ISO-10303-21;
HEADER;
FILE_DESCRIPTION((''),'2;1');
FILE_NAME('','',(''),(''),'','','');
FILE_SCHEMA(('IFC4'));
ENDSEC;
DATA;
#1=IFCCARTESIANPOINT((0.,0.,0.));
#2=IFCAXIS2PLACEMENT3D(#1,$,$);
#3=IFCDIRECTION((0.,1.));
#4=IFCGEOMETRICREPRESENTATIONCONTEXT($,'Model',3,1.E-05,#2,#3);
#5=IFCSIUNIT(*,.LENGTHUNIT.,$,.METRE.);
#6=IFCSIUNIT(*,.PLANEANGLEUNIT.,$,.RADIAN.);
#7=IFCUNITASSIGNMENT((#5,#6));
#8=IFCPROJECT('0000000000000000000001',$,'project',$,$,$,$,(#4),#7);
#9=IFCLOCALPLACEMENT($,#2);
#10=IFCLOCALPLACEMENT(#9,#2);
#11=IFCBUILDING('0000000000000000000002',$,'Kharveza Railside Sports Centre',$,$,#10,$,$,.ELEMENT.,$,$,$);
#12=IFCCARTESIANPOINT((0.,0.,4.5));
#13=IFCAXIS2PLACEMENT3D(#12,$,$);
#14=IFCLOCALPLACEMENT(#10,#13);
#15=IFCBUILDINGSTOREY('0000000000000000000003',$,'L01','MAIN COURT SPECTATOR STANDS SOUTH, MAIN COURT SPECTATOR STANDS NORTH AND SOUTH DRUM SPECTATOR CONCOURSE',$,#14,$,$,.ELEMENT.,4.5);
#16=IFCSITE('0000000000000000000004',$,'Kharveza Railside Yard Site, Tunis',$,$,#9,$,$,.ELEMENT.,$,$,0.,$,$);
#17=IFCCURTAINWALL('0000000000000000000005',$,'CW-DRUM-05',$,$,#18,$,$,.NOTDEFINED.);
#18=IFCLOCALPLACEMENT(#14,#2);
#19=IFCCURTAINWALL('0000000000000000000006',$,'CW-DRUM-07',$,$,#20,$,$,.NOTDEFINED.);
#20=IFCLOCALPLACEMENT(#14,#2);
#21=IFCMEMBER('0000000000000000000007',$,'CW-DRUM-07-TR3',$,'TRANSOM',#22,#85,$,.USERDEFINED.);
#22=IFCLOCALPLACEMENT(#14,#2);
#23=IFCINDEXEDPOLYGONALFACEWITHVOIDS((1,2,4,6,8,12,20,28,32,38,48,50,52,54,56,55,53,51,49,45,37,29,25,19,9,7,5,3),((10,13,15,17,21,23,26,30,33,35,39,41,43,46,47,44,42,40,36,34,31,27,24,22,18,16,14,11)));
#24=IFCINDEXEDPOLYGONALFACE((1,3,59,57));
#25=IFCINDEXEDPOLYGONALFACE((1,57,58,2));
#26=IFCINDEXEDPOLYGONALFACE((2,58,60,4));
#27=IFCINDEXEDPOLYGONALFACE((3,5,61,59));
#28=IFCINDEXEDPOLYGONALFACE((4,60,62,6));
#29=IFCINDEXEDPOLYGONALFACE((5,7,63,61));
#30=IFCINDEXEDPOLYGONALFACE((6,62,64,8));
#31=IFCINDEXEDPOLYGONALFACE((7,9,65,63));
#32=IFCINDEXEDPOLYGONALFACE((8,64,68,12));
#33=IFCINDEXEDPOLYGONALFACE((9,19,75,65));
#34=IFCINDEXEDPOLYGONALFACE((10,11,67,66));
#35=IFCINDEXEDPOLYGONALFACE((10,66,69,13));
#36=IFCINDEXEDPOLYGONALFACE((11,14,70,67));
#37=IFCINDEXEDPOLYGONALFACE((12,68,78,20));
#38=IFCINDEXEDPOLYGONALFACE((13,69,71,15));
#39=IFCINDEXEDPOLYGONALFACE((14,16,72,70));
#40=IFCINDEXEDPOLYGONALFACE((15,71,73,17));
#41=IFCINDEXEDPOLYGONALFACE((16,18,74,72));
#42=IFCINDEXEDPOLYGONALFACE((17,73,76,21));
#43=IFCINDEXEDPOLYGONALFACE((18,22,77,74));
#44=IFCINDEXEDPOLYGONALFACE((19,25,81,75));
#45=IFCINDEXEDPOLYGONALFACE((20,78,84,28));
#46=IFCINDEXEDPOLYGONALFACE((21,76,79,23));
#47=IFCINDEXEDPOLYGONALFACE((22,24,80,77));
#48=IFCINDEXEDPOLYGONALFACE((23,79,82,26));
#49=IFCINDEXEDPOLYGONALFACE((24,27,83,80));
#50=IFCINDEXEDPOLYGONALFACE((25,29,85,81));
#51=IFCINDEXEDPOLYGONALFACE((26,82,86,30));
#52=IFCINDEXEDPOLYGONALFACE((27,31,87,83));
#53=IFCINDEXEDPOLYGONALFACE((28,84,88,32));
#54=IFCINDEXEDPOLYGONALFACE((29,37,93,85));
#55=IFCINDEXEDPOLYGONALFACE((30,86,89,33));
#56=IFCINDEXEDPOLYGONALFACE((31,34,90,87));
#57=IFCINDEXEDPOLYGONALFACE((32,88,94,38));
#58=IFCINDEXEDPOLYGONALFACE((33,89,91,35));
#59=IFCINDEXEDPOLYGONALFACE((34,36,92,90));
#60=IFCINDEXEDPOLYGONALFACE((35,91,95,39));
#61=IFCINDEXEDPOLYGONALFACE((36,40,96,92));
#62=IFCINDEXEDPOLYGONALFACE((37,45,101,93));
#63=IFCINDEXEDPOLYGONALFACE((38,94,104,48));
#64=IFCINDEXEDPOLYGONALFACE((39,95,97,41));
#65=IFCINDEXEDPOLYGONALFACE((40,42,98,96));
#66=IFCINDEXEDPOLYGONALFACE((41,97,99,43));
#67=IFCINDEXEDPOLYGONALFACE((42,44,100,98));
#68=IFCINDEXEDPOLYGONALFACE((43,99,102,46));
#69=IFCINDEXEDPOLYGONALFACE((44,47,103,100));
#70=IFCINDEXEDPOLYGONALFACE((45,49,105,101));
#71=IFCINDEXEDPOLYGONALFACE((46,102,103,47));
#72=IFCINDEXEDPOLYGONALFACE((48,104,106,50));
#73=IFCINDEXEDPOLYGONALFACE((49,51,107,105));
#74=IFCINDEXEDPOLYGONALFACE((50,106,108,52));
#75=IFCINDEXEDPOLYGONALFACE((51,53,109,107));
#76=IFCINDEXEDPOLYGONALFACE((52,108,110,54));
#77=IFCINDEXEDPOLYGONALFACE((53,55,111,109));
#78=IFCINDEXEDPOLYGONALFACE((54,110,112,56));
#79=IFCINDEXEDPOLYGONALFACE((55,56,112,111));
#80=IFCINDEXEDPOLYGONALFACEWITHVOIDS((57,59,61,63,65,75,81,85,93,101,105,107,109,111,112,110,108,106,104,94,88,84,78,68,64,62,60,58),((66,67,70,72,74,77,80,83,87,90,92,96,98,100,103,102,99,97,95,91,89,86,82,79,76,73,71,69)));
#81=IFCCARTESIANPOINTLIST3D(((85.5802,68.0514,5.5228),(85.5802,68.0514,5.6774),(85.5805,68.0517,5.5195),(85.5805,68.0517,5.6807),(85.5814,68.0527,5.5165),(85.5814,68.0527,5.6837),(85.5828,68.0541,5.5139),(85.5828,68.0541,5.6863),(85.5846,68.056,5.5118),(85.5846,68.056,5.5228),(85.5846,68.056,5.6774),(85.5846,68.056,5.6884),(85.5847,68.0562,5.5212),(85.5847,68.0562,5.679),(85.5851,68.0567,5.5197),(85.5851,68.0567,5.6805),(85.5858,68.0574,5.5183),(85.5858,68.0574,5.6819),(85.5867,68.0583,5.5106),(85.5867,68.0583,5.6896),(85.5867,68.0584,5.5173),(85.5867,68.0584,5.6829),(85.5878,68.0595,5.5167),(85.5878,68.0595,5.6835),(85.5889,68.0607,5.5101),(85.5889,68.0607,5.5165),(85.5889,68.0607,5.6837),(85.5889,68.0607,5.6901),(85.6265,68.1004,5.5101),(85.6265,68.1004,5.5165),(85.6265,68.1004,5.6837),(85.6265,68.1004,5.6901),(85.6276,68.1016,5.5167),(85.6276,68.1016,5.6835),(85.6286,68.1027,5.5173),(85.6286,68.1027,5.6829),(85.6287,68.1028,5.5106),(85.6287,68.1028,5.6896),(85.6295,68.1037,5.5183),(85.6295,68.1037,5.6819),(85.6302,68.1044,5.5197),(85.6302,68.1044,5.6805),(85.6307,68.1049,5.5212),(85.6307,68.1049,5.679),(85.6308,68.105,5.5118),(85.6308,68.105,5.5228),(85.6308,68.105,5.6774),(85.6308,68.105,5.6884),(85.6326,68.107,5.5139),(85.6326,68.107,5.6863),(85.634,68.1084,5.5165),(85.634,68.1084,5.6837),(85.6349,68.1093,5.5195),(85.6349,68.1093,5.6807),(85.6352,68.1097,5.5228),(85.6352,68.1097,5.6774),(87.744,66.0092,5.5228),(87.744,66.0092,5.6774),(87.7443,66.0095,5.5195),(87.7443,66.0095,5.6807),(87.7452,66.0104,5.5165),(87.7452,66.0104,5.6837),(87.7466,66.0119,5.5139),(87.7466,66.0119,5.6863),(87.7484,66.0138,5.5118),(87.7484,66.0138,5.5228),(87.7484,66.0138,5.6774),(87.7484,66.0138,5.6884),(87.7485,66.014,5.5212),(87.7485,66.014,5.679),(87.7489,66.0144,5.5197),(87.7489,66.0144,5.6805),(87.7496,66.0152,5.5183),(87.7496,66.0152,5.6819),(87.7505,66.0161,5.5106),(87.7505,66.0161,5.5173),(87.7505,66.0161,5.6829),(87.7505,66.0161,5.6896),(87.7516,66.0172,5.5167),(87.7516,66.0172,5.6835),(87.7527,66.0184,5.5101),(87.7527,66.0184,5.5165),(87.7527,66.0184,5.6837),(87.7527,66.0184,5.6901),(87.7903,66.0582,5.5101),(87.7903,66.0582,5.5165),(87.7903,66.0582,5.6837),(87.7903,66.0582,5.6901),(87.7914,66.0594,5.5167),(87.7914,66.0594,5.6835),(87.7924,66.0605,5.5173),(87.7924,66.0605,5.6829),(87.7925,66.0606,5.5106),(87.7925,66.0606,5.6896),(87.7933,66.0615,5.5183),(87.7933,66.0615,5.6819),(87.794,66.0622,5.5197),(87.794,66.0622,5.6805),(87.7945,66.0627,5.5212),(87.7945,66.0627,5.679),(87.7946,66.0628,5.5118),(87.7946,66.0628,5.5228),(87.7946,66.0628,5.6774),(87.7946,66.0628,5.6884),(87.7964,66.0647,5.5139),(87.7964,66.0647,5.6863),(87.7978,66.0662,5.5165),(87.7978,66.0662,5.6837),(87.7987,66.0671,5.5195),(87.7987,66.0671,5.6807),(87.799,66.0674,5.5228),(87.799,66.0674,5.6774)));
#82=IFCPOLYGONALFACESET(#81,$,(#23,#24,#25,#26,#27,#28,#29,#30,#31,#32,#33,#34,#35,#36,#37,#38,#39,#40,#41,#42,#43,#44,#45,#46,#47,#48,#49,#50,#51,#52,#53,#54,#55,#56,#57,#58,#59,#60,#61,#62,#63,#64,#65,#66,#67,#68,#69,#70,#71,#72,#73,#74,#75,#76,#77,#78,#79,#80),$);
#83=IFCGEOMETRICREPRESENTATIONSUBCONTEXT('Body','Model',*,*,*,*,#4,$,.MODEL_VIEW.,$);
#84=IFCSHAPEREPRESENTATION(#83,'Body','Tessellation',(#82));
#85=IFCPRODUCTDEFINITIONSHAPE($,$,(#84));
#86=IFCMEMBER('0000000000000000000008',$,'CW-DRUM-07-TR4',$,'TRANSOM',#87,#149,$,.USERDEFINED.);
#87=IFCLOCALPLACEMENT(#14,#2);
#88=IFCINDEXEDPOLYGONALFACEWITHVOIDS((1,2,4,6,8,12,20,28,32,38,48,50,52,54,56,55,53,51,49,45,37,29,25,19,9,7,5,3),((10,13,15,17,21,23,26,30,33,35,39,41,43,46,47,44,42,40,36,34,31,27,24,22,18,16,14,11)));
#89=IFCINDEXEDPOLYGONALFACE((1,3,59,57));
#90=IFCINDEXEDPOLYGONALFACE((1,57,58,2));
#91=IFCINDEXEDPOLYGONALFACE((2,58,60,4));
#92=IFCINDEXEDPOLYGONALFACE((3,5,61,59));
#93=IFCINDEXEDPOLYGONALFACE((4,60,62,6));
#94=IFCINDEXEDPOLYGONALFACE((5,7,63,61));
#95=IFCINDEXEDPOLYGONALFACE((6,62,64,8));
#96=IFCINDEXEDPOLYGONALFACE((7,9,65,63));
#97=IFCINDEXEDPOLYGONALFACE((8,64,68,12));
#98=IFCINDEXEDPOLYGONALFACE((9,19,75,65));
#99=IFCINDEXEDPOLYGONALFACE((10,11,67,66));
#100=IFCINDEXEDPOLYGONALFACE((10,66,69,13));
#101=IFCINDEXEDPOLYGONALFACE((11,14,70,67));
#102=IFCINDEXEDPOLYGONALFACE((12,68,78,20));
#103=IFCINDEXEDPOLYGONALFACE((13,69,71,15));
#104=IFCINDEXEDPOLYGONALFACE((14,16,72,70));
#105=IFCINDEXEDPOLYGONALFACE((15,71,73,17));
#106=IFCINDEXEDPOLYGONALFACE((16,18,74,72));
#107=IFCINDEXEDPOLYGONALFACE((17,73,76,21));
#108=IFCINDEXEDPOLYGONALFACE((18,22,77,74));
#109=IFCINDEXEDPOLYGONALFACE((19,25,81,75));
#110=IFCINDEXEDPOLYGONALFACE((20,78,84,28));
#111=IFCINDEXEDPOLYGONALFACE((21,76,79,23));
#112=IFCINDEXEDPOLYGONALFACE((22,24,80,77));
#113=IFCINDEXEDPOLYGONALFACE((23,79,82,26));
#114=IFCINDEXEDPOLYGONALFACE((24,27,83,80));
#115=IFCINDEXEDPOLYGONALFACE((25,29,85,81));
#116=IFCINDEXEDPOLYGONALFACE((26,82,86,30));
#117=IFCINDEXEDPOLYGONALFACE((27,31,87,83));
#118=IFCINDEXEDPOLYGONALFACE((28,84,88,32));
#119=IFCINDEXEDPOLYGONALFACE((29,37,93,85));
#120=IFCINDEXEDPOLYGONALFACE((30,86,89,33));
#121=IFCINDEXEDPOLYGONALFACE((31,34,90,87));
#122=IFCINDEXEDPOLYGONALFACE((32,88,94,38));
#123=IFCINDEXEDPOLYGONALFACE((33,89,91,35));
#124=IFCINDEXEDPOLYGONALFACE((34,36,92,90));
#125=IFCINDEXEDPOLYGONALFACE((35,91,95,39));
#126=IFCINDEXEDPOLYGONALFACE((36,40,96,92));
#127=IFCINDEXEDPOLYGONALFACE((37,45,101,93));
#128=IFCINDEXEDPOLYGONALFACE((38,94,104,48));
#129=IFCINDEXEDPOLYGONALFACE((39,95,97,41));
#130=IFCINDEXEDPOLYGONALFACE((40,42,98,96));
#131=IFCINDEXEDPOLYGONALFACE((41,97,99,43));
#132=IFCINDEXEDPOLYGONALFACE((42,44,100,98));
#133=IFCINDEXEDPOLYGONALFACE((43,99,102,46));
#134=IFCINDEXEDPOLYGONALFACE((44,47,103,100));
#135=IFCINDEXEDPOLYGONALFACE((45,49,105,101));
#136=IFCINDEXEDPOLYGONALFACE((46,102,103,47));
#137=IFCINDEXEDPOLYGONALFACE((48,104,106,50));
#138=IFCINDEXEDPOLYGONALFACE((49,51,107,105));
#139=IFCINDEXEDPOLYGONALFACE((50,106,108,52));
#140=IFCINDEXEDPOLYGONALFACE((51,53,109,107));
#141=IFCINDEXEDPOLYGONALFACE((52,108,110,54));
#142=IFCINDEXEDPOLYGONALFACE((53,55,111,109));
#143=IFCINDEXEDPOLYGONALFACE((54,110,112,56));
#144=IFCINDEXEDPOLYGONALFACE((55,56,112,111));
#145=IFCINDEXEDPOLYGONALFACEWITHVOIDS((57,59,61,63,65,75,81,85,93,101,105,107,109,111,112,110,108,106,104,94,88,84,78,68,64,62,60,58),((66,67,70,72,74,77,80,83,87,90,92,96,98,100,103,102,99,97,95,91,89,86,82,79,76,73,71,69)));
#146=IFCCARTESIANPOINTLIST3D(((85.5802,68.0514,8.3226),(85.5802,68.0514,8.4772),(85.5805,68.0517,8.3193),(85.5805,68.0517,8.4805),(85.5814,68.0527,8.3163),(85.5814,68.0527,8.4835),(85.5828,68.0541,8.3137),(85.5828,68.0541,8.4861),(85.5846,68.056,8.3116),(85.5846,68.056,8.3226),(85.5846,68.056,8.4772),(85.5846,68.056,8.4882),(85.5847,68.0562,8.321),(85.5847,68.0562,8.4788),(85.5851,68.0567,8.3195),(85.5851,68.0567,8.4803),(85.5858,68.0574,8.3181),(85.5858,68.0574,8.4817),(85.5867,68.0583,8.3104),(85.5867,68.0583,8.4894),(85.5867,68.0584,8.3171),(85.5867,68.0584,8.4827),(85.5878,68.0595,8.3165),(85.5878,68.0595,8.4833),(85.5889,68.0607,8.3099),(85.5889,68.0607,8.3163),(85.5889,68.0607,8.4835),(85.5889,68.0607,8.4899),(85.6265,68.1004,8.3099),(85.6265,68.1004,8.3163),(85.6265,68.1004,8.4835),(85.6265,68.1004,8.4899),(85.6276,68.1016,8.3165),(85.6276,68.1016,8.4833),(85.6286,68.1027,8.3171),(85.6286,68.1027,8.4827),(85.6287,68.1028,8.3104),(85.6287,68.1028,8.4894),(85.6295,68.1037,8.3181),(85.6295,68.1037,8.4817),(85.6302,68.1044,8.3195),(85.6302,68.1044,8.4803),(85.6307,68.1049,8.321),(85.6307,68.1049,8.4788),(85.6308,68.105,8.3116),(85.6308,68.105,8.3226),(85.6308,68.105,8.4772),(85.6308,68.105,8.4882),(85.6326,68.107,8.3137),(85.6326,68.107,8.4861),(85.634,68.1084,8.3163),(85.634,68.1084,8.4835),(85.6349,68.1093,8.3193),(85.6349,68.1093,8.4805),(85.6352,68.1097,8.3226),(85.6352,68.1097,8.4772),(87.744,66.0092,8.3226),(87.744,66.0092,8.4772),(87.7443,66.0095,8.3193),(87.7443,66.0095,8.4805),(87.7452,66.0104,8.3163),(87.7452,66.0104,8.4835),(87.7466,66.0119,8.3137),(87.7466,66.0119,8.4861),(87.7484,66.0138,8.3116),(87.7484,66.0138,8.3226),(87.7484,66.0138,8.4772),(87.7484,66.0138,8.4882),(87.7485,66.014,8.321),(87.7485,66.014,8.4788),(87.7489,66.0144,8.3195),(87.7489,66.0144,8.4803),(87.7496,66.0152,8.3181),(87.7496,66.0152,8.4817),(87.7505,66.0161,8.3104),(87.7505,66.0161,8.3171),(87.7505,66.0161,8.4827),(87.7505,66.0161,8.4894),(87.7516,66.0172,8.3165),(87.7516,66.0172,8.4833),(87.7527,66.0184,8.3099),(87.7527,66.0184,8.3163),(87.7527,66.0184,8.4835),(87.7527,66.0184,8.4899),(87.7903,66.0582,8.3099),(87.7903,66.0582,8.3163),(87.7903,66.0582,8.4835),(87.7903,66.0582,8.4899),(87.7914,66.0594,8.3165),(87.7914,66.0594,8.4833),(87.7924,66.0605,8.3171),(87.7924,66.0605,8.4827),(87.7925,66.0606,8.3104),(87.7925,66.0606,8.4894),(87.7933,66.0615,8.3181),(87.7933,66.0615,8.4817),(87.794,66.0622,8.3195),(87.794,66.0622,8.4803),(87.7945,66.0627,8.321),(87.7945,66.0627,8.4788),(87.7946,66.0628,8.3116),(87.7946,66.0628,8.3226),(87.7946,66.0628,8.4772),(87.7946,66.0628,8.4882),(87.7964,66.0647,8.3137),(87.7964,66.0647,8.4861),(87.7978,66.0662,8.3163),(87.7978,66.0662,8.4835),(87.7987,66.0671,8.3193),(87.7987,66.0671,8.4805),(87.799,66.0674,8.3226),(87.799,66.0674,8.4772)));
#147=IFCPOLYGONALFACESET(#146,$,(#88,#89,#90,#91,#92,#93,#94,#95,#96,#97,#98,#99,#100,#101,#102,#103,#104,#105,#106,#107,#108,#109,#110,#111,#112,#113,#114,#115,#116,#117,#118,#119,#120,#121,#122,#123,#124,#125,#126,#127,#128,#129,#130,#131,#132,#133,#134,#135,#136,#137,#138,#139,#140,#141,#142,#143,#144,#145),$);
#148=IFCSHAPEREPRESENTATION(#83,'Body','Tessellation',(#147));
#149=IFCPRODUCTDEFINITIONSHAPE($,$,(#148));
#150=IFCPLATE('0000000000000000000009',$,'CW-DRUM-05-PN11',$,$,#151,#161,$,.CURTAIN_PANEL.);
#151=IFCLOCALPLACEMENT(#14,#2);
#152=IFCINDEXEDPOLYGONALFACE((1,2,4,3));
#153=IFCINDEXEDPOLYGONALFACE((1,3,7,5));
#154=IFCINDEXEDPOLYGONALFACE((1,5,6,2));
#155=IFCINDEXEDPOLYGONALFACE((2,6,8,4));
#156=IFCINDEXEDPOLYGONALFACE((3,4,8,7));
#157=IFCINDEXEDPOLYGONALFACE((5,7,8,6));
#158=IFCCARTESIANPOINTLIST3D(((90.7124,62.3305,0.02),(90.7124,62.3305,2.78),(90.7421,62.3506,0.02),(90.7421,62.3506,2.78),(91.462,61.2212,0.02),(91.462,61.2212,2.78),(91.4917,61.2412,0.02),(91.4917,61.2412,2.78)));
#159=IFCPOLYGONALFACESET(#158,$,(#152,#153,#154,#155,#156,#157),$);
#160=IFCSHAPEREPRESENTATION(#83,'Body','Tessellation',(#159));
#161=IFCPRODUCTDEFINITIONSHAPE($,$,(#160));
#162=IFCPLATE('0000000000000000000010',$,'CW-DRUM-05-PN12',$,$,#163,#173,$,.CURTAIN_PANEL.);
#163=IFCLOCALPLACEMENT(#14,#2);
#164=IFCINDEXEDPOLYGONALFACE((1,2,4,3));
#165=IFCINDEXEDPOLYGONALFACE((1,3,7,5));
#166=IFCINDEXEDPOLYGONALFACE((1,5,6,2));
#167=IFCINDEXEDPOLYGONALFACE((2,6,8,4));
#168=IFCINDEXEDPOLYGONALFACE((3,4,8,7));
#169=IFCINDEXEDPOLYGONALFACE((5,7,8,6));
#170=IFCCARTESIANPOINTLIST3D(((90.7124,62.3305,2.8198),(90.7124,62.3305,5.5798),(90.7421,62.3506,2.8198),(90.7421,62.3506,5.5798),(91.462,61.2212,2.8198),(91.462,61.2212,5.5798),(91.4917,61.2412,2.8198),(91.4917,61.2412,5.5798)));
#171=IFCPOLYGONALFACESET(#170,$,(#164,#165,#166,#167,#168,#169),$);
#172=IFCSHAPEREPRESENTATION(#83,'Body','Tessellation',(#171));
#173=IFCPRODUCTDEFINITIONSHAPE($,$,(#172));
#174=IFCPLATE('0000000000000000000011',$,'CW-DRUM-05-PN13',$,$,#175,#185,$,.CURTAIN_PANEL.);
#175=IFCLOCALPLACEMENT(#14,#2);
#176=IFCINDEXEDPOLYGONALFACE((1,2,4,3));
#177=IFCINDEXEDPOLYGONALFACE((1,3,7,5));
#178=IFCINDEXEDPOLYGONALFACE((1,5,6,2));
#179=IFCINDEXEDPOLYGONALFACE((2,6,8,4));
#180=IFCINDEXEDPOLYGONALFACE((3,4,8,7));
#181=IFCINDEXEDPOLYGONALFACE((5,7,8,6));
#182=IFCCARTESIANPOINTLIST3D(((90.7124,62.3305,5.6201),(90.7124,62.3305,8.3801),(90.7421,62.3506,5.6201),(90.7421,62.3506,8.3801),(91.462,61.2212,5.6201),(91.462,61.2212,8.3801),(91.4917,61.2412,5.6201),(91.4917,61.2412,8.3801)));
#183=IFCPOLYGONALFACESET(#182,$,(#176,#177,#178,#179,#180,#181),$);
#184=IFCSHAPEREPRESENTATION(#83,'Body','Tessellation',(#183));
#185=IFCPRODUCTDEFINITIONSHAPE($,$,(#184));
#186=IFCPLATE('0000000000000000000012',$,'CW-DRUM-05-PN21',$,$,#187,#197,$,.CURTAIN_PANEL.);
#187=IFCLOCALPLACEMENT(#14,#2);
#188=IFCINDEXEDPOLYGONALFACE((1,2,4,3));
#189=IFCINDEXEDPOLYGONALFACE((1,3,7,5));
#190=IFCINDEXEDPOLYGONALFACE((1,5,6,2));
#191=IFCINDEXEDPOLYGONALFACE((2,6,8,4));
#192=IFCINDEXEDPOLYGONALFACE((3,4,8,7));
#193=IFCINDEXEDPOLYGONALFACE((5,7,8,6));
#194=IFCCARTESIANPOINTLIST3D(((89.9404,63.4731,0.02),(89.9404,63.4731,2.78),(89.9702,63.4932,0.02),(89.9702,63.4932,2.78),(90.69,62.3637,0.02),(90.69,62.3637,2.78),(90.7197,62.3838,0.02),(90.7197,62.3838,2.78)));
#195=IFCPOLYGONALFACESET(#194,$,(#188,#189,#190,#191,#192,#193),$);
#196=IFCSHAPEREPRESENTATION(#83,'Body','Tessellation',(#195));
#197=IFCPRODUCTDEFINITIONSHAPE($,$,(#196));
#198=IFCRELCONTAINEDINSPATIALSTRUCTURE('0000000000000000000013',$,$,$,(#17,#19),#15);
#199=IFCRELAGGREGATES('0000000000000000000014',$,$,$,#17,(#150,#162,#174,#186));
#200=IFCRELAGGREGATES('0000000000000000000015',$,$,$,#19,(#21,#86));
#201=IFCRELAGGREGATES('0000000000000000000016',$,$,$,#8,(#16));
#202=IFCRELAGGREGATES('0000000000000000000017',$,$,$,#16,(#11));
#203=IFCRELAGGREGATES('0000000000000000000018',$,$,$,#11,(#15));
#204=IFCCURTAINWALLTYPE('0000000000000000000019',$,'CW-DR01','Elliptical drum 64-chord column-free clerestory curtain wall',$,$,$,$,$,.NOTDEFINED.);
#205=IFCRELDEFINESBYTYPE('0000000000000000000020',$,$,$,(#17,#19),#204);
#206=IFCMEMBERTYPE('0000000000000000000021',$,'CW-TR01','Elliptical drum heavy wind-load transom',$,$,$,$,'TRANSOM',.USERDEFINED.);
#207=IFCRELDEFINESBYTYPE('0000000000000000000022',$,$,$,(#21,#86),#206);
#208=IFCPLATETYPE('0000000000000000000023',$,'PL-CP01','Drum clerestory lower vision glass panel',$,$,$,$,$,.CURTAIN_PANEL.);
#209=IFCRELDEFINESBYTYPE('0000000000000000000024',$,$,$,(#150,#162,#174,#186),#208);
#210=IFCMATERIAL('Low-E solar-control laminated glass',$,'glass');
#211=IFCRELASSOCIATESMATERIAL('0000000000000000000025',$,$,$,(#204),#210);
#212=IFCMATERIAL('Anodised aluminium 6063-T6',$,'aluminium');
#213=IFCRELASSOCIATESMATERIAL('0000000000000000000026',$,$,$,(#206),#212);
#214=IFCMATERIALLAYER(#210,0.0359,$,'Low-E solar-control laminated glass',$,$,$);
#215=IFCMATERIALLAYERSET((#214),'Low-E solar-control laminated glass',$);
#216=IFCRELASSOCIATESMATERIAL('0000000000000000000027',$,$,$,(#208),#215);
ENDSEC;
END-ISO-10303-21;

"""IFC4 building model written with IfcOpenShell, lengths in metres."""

from ifc_helpers import new_model, si_unit, direction, frame, origin, origin_2d, place, context, subcontext, project, spatial, rectangle, hollow_rectangle, extrude, material, layer, layer_set, material_profile, profile_set, type_object, element, aggregate, save


model = new_model("IFC4")

# Units and contexts
model_context = context("Model", 3, precision=1e-05, world=origin(), true_north=direction((0.0, 1.0)))
body_context = subcontext(model_context, "Body", "Model", "MODEL_VIEW")
ifc_project = project(units=[si_unit("LENGTHUNIT", "METRE"), si_unit("PLANEANGLEUNIT", "RADIAN")], contexts=[model_context])

# Site, building, storey
site_placement = place(None, origin())
site = spatial("IfcSite", under=ifc_project, at=site_placement, Name="Kharveza Railside Yard Site, Tunis", CompositionType="ELEMENT", RefElevation=0.0)
building_placement = place(site_placement, origin())
building = spatial("IfcBuilding", under=site, at=building_placement, Name="Kharveza Railside Sports Centre", CompositionType="ELEMENT")
storey_placement = place(building_placement, frame((0.0, 0.0, 4.5)))
storey = spatial("IfcBuildingStorey", under=building, at=storey_placement, Name="L01", Description="MAIN COURT SPECTATOR STANDS SOUTH, MAIN COURT SPECTATOR STANDS NORTH AND SOUTH DRUM SPECTATOR CONCOURSE", CompositionType="ELEMENT", Elevation=4.5)

# Curtain wall
ifc_material_1 = material(Name="Low-E solar-control laminated glass", Category="glass")
curtain_wall_type = type_object("IfcCurtainWallType", Name="CW-DR01", Description="Elliptical drum 64-chord column-free clerestory curtain wall", PredefinedType="NOTDEFINED", material=ifc_material_1)
curtain_wall_1_placement = place(storey_placement, origin())
curtain_wall_1 = element("IfcCurtainWall", 1, at=curtain_wall_1_placement, inside=storey, type_object=curtain_wall_type, Name="CW-DRUM-05", PredefinedType="NOTDEFINED")
ifc_material_2 = material(Name="Anodised aluminium 6063-T6", Category="aluminium")

# Curtain wall
curtain_wall_2_placement = place(storey_placement, origin())
curtain_wall_2 = element("IfcCurtainWall", 2, at=curtain_wall_2_placement, inside=storey, type_object=curtain_wall_type, Name="CW-DRUM-07", PredefinedType="NOTDEFINED")

# Members
ifc_material_profile_1 = material_profile(ifc_material_2, hollow_rectangle(XDim=0.0801, YDim=0.1799, WallThickness=0.0063, InnerFilletRadius=0.0063, OuterFilletRadius=0.0127, at=origin_2d()), Name="RHS 80x180x6.3")
ifc_profile_set_1 = profile_set([ifc_material_profile_1], Name="Anodised aluminium 6063-T6")
member_type_1 = type_object("IfcMemberType", Name="CW-TR01", Description="Elliptical drum heavy wind-load transom", ElementType="TRANSOM", PredefinedType="USERDEFINED", material=ifc_profile_set_1)
member_1_placement = place(storey_placement, frame((87.7715, 66.0383, 5.6001), z_axis=(-0.727243, 0.68638, 0.0), x_axis=(-0.68638, -0.727243, 0.0)))
member_1 = element("IfcMember", 3, at=member_1_placement, type_object=member_type_1, Name="CW-DRUM-07-TR3", ObjectType="TRANSOM", PredefinedType="USERDEFINED", context=body_context, shape_type="SweptSolid", body=[
    extrude(hollow_rectangle(XDim=0.0801, YDim=0.1799, WallThickness=0.0063, InnerFilletRadius=0.0063, OuterFilletRadius=0.0127, at=origin_2d()), origin(), (0.0, 0.0, 1.0), 2.9753),
])
member_2_placement = place(storey_placement, frame((87.7715, 66.0383, 8.3999), z_axis=(-0.727243, 0.68638, 0.0), x_axis=(-0.68638, -0.727243, 0.0)))
member_2 = element("IfcMember", 4, at=member_2_placement, type_object=member_type_1, Name="CW-DRUM-07-TR4", ObjectType="TRANSOM", PredefinedType="USERDEFINED", context=body_context, shape_type="SweptSolid", body=[
    extrude(hollow_rectangle(XDim=0.0801, YDim=0.1799, WallThickness=0.0063, InnerFilletRadius=0.0063, OuterFilletRadius=0.0127, at=origin_2d()), origin(), (0.0, 0.0, 1.0), 2.9753),
])

# Plates
ifc_layer_1 = layer(ifc_material_1, 0.0359, Name="Low-E solar-control laminated glass")
ifc_layer_set_1 = layer_set([ifc_layer_1], Name="Low-E solar-control laminated glass")
plate_type_1 = type_object("IfcPlateType", Name="PL-CP01", Description="Drum clerestory lower vision glass panel", PredefinedType="CURTAIN_PANEL", material=ifc_layer_set_1)
plate_1_placement = place(storey_placement, frame((91.1021, 61.7859, 0.02), z_axis=(0.0, 0.0, 1.0), x_axis=(-0.559844, 0.828598, 0.0)))
plate_1 = element("IfcPlate", 5, at=plate_1_placement, type_object=plate_type_1, Name="CW-DRUM-05-PN11", PredefinedType="CURTAIN_PANEL", context=body_context, shape_type="SweptSolid", body=[
    extrude(rectangle(XDim=1.3389, YDim=0.0359, at=origin_2d()), origin(), (0.0, 0.0, 1.0), 2.76),
])
plate_2_placement = place(storey_placement, frame((91.1021, 61.7859, 2.8198), z_axis=(0.0, 0.0, 1.0), x_axis=(-0.559844, 0.828598, 0.0)))
plate_2 = element("IfcPlate", 6, at=plate_2_placement, type_object=plate_type_1, Name="CW-DRUM-05-PN12", PredefinedType="CURTAIN_PANEL", context=body_context, shape_type="SweptSolid", body=[
    extrude(rectangle(XDim=1.3389, YDim=0.0359, at=origin_2d()), origin(), (0.0, 0.0, 1.0), 2.76),
])
plate_3_placement = place(storey_placement, frame((91.1021, 61.7859, 5.6201), z_axis=(0.0, 0.0, 1.0), x_axis=(-0.559844, 0.828598, 0.0)))
plate_3 = element("IfcPlate", 7, at=plate_3_placement, type_object=plate_type_1, Name="CW-DRUM-05-PN13", PredefinedType="CURTAIN_PANEL", context=body_context, shape_type="SweptSolid", body=[
    extrude(rectangle(XDim=1.3389, YDim=0.0359, at=origin_2d()), origin(), (0.0, 0.0, 1.0), 2.76),
])
plate_4_placement = place(storey_placement, frame((90.3301, 62.9285, 0.02), z_axis=(0.0, 0.0, 1.0), x_axis=(-0.559844, 0.828598, 0.0)))
plate_4 = element("IfcPlate", 8, at=plate_4_placement, type_object=plate_type_1, Name="CW-DRUM-05-PN21", PredefinedType="CURTAIN_PANEL", context=body_context, shape_type="SweptSolid", body=[
    extrude(rectangle(XDim=1.3389, YDim=0.0359, at=origin_2d()), origin(), (0.0, 0.0, 1.0), 2.76),
])
aggregate(curtain_wall_1, [plate_1, plate_2, plate_3, plate_4])
aggregate(curtain_wall_2, [member_1, member_2])

save(model, "model.ifc")
